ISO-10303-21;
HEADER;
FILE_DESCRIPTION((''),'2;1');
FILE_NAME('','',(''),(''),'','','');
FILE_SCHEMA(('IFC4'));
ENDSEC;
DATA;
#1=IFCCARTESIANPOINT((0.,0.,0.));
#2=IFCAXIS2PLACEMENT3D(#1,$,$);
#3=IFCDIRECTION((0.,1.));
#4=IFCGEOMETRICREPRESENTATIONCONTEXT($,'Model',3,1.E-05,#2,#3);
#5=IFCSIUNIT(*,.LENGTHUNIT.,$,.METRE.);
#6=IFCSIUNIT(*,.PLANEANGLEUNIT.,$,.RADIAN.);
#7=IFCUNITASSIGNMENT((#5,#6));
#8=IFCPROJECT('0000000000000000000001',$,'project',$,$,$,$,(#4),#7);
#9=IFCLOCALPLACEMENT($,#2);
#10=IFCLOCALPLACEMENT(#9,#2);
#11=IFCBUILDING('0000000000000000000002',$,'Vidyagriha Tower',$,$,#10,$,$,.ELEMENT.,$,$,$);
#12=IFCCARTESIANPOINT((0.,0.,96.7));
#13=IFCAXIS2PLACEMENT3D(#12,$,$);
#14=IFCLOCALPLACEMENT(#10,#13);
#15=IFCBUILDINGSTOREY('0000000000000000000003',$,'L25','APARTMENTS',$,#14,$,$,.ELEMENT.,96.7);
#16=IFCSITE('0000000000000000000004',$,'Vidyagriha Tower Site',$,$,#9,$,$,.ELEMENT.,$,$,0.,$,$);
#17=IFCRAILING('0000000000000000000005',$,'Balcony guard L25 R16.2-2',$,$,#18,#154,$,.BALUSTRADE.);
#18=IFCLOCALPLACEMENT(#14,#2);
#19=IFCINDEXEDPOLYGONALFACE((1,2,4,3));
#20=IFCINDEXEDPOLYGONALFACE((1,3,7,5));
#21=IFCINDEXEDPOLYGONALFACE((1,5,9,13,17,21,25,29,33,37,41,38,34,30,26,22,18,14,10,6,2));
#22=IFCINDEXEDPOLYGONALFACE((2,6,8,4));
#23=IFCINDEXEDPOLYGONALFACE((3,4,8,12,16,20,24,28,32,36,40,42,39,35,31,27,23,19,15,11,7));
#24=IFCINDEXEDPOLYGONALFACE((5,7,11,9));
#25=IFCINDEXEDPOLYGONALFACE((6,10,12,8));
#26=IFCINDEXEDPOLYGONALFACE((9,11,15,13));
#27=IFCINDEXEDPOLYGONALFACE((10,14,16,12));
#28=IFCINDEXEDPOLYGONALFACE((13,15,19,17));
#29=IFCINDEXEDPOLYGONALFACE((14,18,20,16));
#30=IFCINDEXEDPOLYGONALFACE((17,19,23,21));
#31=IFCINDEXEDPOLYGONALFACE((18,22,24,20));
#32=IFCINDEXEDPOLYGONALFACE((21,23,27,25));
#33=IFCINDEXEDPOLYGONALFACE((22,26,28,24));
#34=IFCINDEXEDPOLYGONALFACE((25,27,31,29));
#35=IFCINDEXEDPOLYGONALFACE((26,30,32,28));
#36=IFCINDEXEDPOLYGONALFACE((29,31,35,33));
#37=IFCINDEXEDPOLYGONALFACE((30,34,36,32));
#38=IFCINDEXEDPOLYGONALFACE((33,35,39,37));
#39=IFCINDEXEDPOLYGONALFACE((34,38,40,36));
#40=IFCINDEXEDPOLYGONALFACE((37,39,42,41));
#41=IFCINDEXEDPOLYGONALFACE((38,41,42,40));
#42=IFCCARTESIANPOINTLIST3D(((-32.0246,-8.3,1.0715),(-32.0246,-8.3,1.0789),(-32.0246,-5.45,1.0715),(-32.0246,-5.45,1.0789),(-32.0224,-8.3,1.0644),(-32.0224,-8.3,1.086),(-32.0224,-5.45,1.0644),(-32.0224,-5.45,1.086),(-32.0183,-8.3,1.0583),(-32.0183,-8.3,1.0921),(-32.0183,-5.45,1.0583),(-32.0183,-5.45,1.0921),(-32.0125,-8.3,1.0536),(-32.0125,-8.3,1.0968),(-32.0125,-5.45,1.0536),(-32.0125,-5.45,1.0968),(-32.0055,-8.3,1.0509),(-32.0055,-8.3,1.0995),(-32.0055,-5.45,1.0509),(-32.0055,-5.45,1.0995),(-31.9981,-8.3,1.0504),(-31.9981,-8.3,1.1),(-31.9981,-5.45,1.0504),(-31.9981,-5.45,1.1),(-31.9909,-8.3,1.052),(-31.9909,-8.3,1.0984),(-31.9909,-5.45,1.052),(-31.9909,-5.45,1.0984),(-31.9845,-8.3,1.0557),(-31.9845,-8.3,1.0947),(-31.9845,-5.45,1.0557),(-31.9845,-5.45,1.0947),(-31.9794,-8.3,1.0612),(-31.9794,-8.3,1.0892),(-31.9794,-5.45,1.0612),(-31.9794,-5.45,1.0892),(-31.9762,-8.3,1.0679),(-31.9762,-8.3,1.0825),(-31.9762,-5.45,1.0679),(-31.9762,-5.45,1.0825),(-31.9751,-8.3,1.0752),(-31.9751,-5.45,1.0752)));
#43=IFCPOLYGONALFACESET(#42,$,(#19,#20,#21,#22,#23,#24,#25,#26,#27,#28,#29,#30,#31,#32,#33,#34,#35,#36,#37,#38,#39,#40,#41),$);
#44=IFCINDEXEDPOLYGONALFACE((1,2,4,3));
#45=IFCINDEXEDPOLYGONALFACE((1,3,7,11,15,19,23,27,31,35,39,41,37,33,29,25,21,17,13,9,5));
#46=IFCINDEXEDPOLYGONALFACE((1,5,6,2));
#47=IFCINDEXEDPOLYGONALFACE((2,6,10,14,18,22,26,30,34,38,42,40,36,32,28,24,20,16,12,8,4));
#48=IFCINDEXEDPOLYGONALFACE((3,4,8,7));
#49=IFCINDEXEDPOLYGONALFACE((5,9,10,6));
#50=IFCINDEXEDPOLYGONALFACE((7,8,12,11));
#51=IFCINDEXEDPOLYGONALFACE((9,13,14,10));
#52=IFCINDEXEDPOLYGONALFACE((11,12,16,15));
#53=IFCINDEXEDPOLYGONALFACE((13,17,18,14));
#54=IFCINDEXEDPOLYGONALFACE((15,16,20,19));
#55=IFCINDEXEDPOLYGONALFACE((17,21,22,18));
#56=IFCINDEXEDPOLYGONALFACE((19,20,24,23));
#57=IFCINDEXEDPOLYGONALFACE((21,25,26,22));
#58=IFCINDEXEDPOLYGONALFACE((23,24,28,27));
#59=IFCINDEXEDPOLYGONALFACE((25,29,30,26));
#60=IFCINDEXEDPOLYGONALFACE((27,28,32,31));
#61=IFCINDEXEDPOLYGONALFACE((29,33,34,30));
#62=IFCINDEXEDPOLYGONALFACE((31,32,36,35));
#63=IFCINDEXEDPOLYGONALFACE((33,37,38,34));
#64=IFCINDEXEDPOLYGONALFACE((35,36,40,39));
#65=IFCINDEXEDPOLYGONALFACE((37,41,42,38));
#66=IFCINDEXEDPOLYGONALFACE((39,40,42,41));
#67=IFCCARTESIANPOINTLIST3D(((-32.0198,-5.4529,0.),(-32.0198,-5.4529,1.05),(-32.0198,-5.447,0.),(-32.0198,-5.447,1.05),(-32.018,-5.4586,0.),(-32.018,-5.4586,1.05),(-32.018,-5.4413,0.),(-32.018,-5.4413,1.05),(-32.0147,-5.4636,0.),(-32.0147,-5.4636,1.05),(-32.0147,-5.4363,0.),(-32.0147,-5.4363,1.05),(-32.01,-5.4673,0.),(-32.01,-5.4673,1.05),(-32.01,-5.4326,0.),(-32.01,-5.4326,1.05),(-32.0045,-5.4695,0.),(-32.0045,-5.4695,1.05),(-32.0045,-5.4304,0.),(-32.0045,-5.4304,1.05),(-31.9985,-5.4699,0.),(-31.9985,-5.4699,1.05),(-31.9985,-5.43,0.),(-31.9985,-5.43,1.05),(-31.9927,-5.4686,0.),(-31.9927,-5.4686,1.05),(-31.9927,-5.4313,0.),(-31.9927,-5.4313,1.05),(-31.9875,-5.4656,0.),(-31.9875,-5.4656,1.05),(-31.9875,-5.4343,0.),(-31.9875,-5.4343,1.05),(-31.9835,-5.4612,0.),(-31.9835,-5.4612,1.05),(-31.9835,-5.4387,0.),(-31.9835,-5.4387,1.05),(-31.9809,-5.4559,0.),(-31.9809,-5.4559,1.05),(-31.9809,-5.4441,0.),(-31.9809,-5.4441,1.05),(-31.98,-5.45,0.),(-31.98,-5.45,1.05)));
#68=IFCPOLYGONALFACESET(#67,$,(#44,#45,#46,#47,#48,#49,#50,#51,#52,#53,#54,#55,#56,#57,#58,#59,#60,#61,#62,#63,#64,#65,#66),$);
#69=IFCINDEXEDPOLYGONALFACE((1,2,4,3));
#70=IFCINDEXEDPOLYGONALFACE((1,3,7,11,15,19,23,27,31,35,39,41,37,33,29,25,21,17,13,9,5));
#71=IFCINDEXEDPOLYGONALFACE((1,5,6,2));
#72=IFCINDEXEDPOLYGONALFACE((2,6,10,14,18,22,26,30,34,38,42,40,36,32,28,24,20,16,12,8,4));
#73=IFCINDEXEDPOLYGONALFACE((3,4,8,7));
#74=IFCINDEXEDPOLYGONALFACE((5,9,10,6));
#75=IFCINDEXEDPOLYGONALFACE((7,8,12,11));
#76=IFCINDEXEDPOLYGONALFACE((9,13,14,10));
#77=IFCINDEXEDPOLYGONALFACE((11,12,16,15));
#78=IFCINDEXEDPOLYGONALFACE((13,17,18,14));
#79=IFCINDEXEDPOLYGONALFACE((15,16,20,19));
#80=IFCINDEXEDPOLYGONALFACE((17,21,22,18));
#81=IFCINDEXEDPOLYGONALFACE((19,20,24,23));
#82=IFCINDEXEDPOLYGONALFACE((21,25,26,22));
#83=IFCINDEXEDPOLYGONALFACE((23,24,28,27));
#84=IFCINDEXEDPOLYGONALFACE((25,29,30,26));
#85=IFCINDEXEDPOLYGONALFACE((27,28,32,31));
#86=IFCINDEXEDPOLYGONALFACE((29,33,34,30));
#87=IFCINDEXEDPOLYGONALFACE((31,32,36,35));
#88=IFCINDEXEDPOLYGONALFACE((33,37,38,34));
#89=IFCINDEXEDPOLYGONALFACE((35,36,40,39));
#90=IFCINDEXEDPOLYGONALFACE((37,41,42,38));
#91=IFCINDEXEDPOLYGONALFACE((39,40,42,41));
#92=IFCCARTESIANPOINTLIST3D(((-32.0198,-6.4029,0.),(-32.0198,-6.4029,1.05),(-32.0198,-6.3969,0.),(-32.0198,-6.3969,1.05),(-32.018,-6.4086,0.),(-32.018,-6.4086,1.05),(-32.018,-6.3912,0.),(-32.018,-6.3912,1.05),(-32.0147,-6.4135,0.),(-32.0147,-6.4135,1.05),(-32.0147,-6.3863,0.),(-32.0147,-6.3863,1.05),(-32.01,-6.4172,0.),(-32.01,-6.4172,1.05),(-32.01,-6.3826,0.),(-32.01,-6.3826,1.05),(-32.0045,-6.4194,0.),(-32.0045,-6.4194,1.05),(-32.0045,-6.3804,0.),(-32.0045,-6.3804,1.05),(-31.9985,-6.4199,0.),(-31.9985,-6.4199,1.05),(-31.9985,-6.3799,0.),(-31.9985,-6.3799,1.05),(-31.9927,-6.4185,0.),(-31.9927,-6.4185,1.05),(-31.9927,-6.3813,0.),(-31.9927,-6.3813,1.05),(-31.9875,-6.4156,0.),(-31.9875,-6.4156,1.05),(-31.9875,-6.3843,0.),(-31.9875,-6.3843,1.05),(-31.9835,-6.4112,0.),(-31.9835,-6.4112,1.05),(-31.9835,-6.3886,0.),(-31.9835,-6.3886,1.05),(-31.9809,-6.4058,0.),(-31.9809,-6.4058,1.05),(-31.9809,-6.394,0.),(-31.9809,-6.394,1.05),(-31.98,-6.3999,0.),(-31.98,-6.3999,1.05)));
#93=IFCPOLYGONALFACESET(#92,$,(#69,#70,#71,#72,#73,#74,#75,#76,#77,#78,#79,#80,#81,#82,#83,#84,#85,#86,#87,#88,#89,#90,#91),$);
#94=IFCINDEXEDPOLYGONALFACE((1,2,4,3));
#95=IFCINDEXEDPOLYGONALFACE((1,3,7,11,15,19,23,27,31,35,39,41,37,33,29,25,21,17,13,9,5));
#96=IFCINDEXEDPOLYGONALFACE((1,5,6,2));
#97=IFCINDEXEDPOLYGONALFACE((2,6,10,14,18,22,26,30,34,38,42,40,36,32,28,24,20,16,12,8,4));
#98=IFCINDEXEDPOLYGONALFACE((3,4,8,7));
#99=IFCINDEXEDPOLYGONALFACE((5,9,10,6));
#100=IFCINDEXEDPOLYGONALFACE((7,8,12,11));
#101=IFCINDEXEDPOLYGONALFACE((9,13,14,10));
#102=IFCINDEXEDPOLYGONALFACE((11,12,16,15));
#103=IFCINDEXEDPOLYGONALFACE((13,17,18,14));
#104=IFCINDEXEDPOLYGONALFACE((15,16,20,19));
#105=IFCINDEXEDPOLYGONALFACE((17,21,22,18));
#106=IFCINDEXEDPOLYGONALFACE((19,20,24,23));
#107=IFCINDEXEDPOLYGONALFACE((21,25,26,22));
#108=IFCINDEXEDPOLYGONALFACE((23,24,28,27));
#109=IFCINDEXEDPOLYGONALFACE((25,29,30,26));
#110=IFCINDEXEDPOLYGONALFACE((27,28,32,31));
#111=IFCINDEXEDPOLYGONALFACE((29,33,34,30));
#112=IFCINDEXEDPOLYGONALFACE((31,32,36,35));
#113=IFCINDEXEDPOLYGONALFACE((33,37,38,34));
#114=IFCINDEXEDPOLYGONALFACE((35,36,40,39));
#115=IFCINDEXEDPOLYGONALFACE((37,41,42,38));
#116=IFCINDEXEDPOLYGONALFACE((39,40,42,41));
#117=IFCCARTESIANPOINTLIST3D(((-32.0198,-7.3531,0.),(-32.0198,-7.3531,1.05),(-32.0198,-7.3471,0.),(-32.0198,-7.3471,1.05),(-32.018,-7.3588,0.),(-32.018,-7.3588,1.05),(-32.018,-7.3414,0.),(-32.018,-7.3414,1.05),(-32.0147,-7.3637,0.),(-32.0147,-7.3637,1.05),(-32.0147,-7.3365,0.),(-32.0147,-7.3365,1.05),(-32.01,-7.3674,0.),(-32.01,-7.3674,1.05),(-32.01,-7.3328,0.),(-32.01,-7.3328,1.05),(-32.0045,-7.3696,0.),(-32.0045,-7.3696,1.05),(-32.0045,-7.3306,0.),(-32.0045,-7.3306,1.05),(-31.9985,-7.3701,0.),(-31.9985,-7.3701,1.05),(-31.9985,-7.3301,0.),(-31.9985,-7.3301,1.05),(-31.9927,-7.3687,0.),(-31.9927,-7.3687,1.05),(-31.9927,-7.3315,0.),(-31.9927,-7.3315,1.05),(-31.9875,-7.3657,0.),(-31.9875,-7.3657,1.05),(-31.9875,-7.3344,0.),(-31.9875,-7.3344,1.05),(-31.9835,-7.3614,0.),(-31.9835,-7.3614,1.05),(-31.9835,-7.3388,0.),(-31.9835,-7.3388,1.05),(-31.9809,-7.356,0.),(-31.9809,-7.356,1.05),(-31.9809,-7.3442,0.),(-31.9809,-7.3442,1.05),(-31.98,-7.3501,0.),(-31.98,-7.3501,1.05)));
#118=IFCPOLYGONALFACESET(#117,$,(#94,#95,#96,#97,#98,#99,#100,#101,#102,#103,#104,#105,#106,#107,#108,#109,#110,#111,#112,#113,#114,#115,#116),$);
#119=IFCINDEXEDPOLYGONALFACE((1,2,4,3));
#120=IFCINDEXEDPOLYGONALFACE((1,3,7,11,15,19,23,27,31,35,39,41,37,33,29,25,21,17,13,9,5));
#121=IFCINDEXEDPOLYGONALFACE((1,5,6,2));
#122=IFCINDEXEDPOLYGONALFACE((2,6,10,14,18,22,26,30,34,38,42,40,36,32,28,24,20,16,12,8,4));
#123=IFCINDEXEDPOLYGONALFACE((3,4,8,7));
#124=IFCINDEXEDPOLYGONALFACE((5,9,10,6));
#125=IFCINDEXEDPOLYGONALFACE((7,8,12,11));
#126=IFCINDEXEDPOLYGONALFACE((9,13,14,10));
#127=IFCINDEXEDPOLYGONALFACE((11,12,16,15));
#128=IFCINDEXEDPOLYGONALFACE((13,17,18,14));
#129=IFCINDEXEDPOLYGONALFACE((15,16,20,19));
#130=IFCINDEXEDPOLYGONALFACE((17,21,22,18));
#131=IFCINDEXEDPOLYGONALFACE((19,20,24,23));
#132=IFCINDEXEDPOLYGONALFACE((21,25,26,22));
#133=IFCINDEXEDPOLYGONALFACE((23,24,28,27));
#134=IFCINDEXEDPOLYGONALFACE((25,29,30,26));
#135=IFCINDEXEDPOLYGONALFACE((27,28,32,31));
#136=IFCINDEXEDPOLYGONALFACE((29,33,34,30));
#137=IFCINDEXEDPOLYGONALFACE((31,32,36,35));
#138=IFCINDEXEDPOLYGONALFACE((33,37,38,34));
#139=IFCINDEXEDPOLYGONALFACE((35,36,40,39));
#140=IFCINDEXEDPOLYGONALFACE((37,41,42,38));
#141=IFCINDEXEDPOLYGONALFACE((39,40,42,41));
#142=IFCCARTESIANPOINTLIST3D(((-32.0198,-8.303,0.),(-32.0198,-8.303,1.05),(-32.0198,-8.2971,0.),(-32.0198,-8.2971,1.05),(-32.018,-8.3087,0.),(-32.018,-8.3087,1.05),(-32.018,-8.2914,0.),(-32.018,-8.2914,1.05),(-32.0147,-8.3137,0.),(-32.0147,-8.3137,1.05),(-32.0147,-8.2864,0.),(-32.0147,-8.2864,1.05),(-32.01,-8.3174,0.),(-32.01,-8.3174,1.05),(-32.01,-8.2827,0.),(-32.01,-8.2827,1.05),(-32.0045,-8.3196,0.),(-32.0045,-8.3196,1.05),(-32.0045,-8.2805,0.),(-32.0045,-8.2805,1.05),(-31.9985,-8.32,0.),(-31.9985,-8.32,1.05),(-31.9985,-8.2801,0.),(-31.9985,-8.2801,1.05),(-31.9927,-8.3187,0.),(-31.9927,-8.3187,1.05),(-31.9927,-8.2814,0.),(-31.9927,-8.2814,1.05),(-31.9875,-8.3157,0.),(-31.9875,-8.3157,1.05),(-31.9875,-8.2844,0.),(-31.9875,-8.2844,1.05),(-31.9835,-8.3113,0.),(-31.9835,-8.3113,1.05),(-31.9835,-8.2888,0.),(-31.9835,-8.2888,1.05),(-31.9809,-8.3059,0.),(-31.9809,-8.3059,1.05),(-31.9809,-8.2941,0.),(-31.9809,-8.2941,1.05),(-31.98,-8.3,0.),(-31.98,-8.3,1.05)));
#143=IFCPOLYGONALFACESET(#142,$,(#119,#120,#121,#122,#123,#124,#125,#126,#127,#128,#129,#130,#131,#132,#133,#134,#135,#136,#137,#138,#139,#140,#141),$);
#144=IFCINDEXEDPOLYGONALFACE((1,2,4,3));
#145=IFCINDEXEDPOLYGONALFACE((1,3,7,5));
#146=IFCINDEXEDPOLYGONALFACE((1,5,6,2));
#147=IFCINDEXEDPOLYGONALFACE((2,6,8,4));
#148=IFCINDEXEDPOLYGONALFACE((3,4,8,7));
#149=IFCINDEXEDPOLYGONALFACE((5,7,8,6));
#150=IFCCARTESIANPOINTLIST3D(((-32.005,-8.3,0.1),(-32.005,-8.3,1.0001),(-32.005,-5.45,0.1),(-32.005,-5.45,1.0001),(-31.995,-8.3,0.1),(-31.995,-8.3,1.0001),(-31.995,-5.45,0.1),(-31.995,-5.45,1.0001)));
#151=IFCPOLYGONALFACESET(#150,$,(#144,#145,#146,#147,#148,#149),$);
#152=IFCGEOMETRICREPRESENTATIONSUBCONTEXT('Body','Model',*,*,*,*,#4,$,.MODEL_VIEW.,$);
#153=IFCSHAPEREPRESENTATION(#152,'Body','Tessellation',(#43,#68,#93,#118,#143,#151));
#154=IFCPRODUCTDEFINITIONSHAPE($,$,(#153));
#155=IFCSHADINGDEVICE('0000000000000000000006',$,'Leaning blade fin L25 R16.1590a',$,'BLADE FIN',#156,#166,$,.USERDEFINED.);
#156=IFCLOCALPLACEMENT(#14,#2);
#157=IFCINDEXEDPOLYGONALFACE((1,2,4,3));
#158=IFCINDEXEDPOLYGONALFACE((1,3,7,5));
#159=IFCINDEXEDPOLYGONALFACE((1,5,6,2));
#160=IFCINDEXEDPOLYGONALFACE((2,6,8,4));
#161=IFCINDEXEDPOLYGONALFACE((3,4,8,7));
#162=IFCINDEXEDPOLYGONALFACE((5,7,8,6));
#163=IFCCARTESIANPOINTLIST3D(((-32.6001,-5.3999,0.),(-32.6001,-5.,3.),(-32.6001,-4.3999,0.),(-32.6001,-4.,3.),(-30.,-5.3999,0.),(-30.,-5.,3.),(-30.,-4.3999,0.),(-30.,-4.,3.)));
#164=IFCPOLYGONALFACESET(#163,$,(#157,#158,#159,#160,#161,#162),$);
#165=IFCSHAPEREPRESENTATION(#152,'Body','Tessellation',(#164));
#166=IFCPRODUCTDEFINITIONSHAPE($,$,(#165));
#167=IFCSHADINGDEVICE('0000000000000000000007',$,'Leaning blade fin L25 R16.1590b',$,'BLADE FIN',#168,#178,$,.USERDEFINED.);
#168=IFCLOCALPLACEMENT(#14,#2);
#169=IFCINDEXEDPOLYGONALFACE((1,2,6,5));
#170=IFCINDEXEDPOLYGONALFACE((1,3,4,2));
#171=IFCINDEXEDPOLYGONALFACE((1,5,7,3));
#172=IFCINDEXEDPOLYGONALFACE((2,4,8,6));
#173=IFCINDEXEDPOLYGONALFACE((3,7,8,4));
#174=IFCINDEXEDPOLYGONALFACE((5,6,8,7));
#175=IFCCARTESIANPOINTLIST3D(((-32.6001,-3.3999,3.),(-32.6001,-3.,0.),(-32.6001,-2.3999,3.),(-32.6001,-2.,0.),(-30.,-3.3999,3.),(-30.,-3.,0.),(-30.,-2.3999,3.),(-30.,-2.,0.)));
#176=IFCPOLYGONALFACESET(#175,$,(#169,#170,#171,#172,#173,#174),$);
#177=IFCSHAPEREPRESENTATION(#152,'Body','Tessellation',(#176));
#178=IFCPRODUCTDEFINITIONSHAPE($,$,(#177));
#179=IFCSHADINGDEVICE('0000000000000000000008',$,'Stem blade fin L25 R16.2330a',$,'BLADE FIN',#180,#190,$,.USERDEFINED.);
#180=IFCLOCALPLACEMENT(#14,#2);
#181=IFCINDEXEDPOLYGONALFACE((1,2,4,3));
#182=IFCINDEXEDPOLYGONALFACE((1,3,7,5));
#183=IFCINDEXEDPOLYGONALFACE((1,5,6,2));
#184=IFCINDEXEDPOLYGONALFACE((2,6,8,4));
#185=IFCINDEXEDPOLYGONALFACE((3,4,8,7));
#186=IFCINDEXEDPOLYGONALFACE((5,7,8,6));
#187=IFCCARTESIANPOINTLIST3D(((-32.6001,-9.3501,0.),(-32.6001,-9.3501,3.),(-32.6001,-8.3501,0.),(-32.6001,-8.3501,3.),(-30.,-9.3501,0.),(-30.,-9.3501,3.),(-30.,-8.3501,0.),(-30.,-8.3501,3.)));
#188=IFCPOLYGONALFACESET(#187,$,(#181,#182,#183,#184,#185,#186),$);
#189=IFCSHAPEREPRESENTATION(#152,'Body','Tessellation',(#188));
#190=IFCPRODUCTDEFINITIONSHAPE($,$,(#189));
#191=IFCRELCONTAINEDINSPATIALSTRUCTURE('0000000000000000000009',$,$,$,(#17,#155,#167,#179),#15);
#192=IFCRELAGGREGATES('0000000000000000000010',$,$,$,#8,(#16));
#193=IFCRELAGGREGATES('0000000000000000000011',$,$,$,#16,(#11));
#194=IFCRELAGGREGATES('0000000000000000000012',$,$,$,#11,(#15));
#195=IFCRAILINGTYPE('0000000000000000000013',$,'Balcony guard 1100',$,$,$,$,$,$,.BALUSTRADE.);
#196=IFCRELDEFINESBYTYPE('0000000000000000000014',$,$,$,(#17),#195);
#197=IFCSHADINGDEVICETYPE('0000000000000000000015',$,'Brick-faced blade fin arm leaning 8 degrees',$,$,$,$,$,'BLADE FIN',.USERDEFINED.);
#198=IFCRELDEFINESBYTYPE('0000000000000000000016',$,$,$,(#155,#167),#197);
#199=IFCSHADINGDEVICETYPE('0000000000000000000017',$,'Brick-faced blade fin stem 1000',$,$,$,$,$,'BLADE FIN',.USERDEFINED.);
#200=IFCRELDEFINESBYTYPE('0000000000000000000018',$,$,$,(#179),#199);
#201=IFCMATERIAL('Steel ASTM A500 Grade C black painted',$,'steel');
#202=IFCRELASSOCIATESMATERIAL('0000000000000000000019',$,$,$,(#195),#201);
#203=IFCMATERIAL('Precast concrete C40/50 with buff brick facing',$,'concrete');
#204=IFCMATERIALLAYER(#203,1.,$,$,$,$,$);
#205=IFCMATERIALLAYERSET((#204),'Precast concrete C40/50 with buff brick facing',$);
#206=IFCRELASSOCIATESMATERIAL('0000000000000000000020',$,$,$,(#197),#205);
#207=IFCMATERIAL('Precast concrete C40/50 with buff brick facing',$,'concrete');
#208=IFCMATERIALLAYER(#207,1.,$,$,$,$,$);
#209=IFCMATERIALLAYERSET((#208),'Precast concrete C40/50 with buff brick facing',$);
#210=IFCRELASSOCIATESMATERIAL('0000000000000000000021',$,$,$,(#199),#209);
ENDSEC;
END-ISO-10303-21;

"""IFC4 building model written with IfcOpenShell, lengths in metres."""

from ifc_helpers import new_model, si_unit, direction, frame, origin, origin_2d, place, context, subcontext, project, spatial, polyline, rectangle, circle, outline, extrude, material, layer, layer_set, type_object, element, save


model = new_model("IFC4")

# Units and contexts
model_context = context("Model", 3, precision=1e-05, world=origin(), true_north=direction((0.0, 1.0)))
body_context = subcontext(model_context, "Body", "Model", "MODEL_VIEW")
ifc_project = project(units=[si_unit("LENGTHUNIT", "METRE"), si_unit("PLANEANGLEUNIT", "RADIAN")], contexts=[model_context])

# Site, building, storey
site_placement = place(None, origin())
site = spatial("IfcSite", under=ifc_project, at=site_placement, Name="Vidyagriha Tower Site", CompositionType="ELEMENT", RefElevation=0.0)
building_placement = place(site_placement, origin())
building = spatial("IfcBuilding", under=site, at=building_placement, Name="Vidyagriha Tower", CompositionType="ELEMENT")
storey_placement = place(building_placement, frame((0.0, 0.0, 96.7)))
storey = spatial("IfcBuildingStorey", under=building, at=storey_placement, Name="L25", Description="APARTMENTS", CompositionType="ELEMENT", Elevation=96.7)

# Railing
ifc_material_1 = material(Name="Steel ASTM A500 Grade C black painted", Category="steel")
railing_type_1 = type_object("IfcRailingType", Name="Balcony guard 1100", PredefinedType="BALUSTRADE", material=ifc_material_1)
railing_1_placement = place(storey_placement, frame((-32.0, -5.45, 0.0)))
element("IfcRailing", 1, at=railing_1_placement, inside=storey, type_object=railing_type_1, Name="Balcony guard L25 R16.2-2", PredefinedType="BALUSTRADE", context=body_context, shape_type="SweptSolid", body=[
    extrude(circle(Radius=0.0249, at=origin_2d()), frame((0.0, 0.0, 1.0752), z_axis=(0.0, -1.0, 0.0), x_axis=(1.0, 0.0, 0.0)), (0.0, 0.0, 1.0), 2.8501),
    extrude(circle(Radius=0.02, at=origin_2d()), origin(), (0.0, 0.0, 1.0), 1.05),
    extrude(circle(Radius=0.02, at=origin_2d()), frame((0.0, -0.95, 0.0)), (0.0, 0.0, 1.0), 1.05),
    extrude(circle(Radius=0.02, at=origin_2d()), frame((0.0, -1.9001, 0.0)), (0.0, 0.0, 1.0), 1.05),
    extrude(circle(Radius=0.02, at=origin_2d()), frame((0.0, -2.8501, 0.0)), (0.0, 0.0, 1.0), 1.05),
    extrude(rectangle(XDim=0.01, YDim=0.9001, at=origin_2d()), frame((0.0, 0.0, 0.55), z_axis=(0.0, -1.0, 0.0), x_axis=(1.0, 0.0, 0.0)), (0.0, 0.0, 1.0), 2.8501),
])

# Shading devices
ifc_material_2 = material(Name="Precast concrete C40/50 with buff brick facing", Category="concrete")
ifc_layer_1 = layer(ifc_material_2, 1.0)
ifc_layer_set_1 = layer_set([ifc_layer_1], Name="Precast concrete C40/50 with buff brick facing")
shading_device_type_1 = type_object("IfcShadingDeviceType", Name="Brick-faced blade fin arm leaning 8 degrees", ElementType="BLADE FIN", PredefinedType="USERDEFINED", material=ifc_layer_set_1)
shading_device_1_placement = place(storey_placement, frame((-31.3, -4.0, 0.0), z_axis=(0.0, 0.0, 1.0), x_axis=(0.0, -1.0, 0.0)))
element("IfcShadingDevice", 2, at=shading_device_1_placement, inside=storey, type_object=shading_device_type_1, Name="Leaning blade fin L25 R16.1590a", ObjectType="BLADE FIN", PredefinedType="USERDEFINED", context=body_context, shape_type="SweptSolid", body=[
    extrude(outline(polyline([(0.3999, 0.0), (1.3999, 0.0), (1.0, 3.0), (0.0, 3.0), (0.3999, 0.0)])), frame((0.0, 1.3, 0.0), z_axis=(0.0, -1.0, 0.0), x_axis=(1.0, 0.0, 0.0)), (0.0, 0.0, 1.0), 2.6001),
])
shading_device_2_placement = place(storey_placement, frame((-31.3, -2.0, 0.0), z_axis=(0.0, 0.0, 1.0), x_axis=(0.0, -1.0, 0.0)))
element("IfcShadingDevice", 3, at=shading_device_2_placement, inside=storey, type_object=shading_device_type_1, Name="Leaning blade fin L25 R16.1590b", ObjectType="BLADE FIN", PredefinedType="USERDEFINED", context=body_context, shape_type="SweptSolid", body=[
    extrude(outline(polyline([(0.0, 0.0), (1.0, 0.0), (1.3999, 3.0), (0.3999, 3.0), (0.0, 0.0)])), frame((0.0, 1.3, 0.0), z_axis=(0.0, -1.0, 0.0), x_axis=(1.0, 0.0, 0.0)), (0.0, 0.0, 1.0), 2.6001),
])
ifc_material_3 = material(Name="Precast concrete C40/50 with buff brick facing", Category="concrete")
ifc_layer_2 = layer(ifc_material_3, 1.0)
ifc_layer_set_2 = layer_set([ifc_layer_2], Name="Precast concrete C40/50 with buff brick facing")
shading_device_type_2 = type_object("IfcShadingDeviceType", Name="Brick-faced blade fin stem 1000", ElementType="BLADE FIN", PredefinedType="USERDEFINED", material=ifc_layer_set_2)
shading_device_3_placement = place(storey_placement, frame((-31.3, -8.3501, 0.0), z_axis=(0.0, 0.0, 1.0), x_axis=(0.0, -1.0, 0.0)))
element("IfcShadingDevice", 4, at=shading_device_3_placement, inside=storey, type_object=shading_device_type_2, Name="Stem blade fin L25 R16.2330a", ObjectType="BLADE FIN", PredefinedType="USERDEFINED", context=body_context, shape_type="SweptSolid", body=[
    extrude(outline(polyline([(0.0, 0.0), (1.0, 0.0), (1.0, 3.0), (0.0, 3.0), (0.0, 0.0)])), frame((0.0, 1.3, 0.0), z_axis=(0.0, -1.0, 0.0), x_axis=(1.0, 0.0, 0.0)), (0.0, 0.0, 1.0), 2.6001),
])

save(model, "model.ifc")
